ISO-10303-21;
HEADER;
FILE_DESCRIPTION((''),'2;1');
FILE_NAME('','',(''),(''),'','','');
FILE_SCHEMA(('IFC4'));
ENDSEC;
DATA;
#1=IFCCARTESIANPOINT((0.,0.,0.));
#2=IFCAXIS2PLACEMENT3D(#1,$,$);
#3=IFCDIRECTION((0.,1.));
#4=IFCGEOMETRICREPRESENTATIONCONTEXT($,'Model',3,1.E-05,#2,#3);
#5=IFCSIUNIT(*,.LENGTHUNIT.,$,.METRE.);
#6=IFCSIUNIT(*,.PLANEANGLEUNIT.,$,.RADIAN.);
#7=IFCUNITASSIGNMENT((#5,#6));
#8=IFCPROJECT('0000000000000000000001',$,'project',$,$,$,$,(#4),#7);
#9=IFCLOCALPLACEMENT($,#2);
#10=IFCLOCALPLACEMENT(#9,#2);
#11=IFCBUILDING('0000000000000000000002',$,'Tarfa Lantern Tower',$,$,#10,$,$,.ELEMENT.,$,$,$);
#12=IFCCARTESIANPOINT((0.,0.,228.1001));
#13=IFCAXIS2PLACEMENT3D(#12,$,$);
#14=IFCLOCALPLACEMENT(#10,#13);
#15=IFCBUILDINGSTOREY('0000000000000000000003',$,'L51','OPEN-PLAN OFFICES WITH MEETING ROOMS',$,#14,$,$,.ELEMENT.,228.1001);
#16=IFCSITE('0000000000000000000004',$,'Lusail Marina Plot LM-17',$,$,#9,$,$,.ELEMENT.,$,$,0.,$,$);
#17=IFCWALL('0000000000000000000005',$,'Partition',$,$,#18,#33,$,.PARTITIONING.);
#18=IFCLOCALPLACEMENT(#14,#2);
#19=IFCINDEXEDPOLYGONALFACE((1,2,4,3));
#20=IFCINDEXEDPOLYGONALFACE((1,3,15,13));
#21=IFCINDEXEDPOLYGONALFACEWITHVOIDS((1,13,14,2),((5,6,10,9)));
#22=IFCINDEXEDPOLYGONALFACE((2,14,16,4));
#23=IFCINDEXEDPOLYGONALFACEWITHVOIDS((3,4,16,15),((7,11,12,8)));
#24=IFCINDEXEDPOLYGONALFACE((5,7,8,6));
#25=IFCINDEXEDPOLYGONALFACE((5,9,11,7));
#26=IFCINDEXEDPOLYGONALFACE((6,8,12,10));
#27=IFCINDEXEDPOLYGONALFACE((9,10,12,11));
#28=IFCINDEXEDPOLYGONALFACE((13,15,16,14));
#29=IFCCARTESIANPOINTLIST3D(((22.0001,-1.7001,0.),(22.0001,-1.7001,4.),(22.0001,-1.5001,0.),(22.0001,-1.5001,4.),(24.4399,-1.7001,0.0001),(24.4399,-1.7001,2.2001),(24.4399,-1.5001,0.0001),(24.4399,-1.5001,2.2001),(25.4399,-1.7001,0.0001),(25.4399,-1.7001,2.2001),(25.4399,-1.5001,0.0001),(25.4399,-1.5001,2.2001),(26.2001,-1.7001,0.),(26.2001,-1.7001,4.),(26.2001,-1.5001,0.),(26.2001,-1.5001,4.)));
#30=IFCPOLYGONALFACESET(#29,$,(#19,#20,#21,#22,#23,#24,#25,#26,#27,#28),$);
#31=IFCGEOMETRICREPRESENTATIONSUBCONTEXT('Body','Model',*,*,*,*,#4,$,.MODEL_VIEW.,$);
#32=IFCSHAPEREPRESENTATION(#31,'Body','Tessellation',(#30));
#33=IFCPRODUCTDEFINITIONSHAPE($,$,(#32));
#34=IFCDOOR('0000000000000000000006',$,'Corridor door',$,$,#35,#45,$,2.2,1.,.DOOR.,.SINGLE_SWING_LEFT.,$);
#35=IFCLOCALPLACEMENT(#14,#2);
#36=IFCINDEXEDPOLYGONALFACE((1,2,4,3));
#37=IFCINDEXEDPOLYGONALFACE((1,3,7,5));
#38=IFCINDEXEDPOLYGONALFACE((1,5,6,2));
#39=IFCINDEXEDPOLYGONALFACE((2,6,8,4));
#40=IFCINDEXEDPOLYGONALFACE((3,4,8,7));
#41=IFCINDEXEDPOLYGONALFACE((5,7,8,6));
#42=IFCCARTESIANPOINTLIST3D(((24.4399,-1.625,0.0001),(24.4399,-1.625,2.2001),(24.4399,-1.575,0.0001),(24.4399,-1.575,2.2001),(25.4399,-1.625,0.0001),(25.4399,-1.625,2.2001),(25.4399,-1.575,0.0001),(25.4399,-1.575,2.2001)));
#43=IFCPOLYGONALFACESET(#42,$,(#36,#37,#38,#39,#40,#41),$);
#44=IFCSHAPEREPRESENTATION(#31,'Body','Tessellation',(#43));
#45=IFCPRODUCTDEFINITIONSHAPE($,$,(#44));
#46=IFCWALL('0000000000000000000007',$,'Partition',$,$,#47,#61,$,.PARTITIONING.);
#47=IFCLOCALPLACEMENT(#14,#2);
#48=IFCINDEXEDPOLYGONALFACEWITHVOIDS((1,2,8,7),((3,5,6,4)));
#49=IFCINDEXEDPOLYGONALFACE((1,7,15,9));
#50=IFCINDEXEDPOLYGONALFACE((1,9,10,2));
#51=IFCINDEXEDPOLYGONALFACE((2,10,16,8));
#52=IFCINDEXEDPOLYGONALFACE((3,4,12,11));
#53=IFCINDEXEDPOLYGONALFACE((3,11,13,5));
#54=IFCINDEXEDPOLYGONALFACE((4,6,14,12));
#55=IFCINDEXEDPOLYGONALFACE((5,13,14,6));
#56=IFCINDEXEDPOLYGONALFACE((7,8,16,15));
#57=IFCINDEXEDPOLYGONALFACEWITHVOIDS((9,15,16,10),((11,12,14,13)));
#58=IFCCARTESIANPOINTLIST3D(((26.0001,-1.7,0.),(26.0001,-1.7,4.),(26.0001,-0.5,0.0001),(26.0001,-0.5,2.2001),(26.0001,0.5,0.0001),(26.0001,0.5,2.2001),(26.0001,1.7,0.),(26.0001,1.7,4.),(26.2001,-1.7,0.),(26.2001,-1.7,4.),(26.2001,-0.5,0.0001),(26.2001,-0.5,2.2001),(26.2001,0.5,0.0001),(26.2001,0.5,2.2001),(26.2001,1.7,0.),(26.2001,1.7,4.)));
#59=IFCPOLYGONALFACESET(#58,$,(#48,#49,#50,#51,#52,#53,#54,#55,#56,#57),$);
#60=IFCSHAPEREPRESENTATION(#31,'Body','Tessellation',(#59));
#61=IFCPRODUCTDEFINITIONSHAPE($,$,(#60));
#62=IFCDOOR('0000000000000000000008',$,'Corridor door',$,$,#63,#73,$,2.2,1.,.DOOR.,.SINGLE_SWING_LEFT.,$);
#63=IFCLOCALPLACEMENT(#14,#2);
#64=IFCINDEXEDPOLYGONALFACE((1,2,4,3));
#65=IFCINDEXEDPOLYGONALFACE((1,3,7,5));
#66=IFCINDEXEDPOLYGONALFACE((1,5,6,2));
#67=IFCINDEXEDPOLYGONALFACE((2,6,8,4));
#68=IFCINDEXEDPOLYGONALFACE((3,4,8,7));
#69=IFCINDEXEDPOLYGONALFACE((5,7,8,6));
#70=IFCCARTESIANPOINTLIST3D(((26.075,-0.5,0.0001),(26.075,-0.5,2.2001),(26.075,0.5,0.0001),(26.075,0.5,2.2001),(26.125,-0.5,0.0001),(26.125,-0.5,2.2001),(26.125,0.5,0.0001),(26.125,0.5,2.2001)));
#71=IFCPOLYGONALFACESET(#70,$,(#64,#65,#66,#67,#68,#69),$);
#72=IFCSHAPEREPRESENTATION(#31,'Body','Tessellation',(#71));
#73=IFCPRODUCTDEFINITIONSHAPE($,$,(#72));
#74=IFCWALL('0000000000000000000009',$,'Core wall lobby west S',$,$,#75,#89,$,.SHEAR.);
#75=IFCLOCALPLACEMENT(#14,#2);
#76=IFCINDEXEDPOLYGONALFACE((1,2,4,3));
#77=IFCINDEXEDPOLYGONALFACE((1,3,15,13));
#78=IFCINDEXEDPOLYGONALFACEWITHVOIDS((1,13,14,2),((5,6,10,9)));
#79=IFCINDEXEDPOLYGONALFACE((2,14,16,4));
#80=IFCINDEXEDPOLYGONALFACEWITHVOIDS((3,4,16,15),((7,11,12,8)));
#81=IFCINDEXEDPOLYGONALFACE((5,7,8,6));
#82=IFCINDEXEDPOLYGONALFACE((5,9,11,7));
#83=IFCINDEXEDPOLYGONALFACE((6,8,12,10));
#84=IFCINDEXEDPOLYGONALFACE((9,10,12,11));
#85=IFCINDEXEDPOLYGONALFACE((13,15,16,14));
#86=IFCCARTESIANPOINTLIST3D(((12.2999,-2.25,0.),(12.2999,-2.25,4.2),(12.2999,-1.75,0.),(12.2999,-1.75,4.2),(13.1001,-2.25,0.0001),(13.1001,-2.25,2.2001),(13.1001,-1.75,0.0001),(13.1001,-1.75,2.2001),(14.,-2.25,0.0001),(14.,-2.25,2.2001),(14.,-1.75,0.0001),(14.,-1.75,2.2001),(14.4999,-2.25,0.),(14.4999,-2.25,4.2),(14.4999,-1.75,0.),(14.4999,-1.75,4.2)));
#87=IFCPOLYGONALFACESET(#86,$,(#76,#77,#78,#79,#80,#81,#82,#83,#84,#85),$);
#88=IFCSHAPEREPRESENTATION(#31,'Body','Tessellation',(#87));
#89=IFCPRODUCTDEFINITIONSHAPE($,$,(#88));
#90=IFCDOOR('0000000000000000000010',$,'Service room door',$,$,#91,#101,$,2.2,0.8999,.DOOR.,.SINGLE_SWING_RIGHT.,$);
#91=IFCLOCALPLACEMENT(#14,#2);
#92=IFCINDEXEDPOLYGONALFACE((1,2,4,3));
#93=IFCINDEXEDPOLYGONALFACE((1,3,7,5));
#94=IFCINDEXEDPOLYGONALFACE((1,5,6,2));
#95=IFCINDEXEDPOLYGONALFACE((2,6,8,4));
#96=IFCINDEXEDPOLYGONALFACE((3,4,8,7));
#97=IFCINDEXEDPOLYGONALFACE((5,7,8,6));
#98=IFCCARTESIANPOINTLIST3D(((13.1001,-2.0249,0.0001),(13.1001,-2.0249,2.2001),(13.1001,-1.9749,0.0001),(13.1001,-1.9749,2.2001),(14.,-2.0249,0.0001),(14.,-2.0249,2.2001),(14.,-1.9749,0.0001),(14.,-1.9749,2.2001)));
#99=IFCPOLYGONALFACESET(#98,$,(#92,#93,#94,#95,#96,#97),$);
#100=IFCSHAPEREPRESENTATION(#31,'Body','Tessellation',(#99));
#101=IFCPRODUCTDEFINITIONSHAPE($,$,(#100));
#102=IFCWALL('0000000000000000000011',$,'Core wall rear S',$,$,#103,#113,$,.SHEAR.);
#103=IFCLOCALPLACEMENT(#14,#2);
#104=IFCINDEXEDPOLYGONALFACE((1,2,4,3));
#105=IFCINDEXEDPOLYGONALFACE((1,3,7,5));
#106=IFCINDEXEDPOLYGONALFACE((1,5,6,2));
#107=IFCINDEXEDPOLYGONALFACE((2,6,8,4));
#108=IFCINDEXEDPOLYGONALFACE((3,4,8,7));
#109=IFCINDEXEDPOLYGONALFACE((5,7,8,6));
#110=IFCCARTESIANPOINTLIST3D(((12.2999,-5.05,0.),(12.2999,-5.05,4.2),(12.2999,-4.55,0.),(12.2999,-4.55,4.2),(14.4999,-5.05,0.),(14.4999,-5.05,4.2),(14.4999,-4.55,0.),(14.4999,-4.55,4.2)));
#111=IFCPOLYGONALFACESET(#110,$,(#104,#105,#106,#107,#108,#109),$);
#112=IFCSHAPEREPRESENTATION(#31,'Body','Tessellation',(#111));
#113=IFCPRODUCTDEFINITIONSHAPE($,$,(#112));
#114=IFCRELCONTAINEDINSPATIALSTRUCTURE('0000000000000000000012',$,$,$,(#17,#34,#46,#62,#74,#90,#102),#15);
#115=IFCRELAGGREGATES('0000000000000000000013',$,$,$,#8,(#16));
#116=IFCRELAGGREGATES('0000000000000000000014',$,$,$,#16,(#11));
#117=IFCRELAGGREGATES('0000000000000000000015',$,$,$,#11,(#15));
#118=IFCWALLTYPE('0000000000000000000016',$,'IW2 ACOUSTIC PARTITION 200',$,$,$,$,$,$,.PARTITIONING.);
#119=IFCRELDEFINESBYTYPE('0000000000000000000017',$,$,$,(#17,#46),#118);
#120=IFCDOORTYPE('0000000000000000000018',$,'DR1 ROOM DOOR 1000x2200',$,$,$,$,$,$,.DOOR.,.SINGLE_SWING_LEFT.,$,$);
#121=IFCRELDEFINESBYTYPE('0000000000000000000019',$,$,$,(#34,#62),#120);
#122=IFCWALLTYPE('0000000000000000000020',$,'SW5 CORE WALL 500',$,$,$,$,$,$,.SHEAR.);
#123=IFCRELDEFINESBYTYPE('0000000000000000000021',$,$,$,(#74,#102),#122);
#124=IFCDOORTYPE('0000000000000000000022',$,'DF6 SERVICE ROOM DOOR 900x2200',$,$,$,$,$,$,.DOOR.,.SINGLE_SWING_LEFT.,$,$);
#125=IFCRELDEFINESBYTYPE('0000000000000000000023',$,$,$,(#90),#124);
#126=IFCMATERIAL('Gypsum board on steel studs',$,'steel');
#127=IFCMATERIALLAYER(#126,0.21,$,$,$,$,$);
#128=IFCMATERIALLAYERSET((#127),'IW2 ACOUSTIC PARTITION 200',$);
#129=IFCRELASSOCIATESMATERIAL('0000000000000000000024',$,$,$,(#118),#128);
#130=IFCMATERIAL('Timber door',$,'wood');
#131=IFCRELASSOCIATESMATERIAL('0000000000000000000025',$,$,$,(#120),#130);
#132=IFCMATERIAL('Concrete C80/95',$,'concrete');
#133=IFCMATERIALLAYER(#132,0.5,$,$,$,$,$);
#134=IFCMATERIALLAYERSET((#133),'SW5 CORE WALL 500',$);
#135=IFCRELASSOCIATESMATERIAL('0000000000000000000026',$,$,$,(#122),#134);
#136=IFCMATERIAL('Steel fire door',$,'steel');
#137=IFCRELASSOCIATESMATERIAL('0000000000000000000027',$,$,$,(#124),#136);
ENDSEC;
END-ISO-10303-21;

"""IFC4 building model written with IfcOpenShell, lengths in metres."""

from ifc_helpers import new_model, si_unit, direction, frame, frame_2d, origin, place, context, subcontext, project, spatial, rectangle, extrude, material, layer, layer_set, type_object, element, fill, save


model = new_model("IFC4")

# Units and contexts
model_context = context("Model", 3, precision=1e-05, world=origin(), true_north=direction((0.0, 1.0)))
body_context = subcontext(model_context, "Body", "Model", "MODEL_VIEW")
ifc_project = project(units=[si_unit("LENGTHUNIT", "METRE"), si_unit("PLANEANGLEUNIT", "RADIAN")], contexts=[model_context])

# Site, building, storey
site_placement = place(None, origin())
site = spatial("IfcSite", under=ifc_project, at=site_placement, Name="Lusail Marina Plot LM-17", CompositionType="ELEMENT", RefElevation=0.0)
building_placement = place(site_placement, origin())
building = spatial("IfcBuilding", under=site, at=building_placement, Name="Tarfa Lantern Tower", CompositionType="ELEMENT")
storey_placement = place(building_placement, frame((0.0, 0.0, 228.1001)))
storey = spatial("IfcBuildingStorey", under=building, at=storey_placement, Name="L51", Description="OPEN-PLAN OFFICES WITH MEETING ROOMS", CompositionType="ELEMENT", Elevation=228.1001)

# Shared definitions
ifc_material_1 = material(Name="Concrete C80/95", Category="concrete")

# Shared definitions
ifc_material_2 = material(Name="Gypsum board on steel studs", Category="steel")
ifc_layer_1 = layer(ifc_material_2, 0.21)
ifc_layer_set_1 = layer_set([ifc_layer_1], Name="IW2 ACOUSTIC PARTITION 200")
wall_type_1 = type_object("IfcWallType", Name="IW2 ACOUSTIC PARTITION 200", PredefinedType="PARTITIONING", material=ifc_layer_set_1)

# Shared definitions
ifc_material_3 = material(Name="Timber door", Category="wood")
door_type_1 = type_object("IfcDoorType", Name="DR1 ROOM DOOR 1000x2200", OperationType="SINGLE_SWING_LEFT", PredefinedType="DOOR", material=ifc_material_3)

# Walls, openings, doors
wall_1_placement = place(storey_placement, frame((22.0, -1.6001, 0.0), z_axis=(0.0, 0.0, 1.0), x_axis=(1.0, 0.0, 0.0)))
wall_1 = element("IfcWall", 1, at=wall_1_placement, inside=storey, type_object=wall_type_1, Name="Partition", PredefinedType="PARTITIONING", context=body_context, shape_type="SweptSolid", body=[
    extrude(rectangle(XDim=4.2, YDim=0.2, at=frame_2d((2.1001, 0.0))), origin(), (0.0, 0.0, 1.0), 4.0),
])
opening_1_placement = place(wall_1_placement, frame((2.4399, 0.0, 0.0)))
opening_1 = element("IfcOpeningElement", 2, at=opening_1_placement, cuts=wall_1, PredefinedType="OPENING", context=body_context, shape_type="SweptSolid", body=[
    extrude(rectangle(XDim=1.0, YDim=2.2, at=frame_2d((0.5, 1.1001))), frame((0.0, 0.1099, 0.0), z_axis=(0.0, -1.0, 0.0), x_axis=(1.0, 0.0, 0.0)), (0.0, 0.0, 1.0), 0.22),
])
door_1_placement = place(opening_1_placement, frame((1.0, 0.0, 0.0), z_axis=(0.0, 0.0, 1.0), x_axis=(-1.0, 0.0, 0.0)))
door_1 = element("IfcDoor", 3, at=door_1_placement, inside=storey, type_object=door_type_1, Name="Corridor door", OperationType="SINGLE_SWING_LEFT", OverallHeight=2.2, OverallWidth=1.0, PredefinedType="DOOR", context=body_context, shape_type="SweptSolid", body=[
    extrude(rectangle(XDim=1.0, YDim=2.2, at=frame_2d((0.5, 1.1001))), frame((0.0, 0.0249, 0.0), z_axis=(0.0, -1.0, 0.0), x_axis=(1.0, 0.0, 0.0)), (0.0, 0.0, 1.0), 0.05),
])
fill(opening_1, door_1)
wall_2_placement = place(storey_placement, frame((26.1001, -1.7, 0.0), z_axis=(0.0, 0.0, 1.0), x_axis=(0.0, 1.0, 0.0)))
wall_2 = element("IfcWall", 4, at=wall_2_placement, inside=storey, type_object=wall_type_1, Name="Partition", PredefinedType="PARTITIONING", context=body_context, shape_type="SweptSolid", body=[
    extrude(rectangle(XDim=3.3999, YDim=0.2, at=frame_2d((1.7, 0.0))), origin(), (0.0, 0.0, 1.0), 4.0),
])
opening_2_placement = place(wall_2_placement, frame((1.2, 0.0, 0.0)))
opening_2 = element("IfcOpeningElement", 5, at=opening_2_placement, cuts=wall_2, PredefinedType="OPENING", context=body_context, shape_type="SweptSolid", body=[
    extrude(rectangle(XDim=1.0, YDim=2.2, at=frame_2d((0.5, 1.1001))), frame((0.0, 0.1099, 0.0), z_axis=(0.0, -1.0, 0.0), x_axis=(1.0, 0.0, 0.0)), (0.0, 0.0, 1.0), 0.22),
])
door_2_placement = place(opening_2_placement, frame((1.0, 0.0, 0.0), z_axis=(0.0, 0.0, 1.0), x_axis=(-1.0, 0.0, 0.0)))
door_2 = element("IfcDoor", 6, at=door_2_placement, inside=storey, type_object=door_type_1, Name="Corridor door", OperationType="SINGLE_SWING_LEFT", OverallHeight=2.2, OverallWidth=1.0, PredefinedType="DOOR", context=body_context, shape_type="SweptSolid", body=[
    extrude(rectangle(XDim=1.0, YDim=2.2, at=frame_2d((0.5, 1.1001))), frame((0.0, 0.0249, 0.0), z_axis=(0.0, -1.0, 0.0), x_axis=(1.0, 0.0, 0.0)), (0.0, 0.0, 1.0), 0.05),
])
fill(opening_2, door_2)
ifc_material_4 = material(Name="Steel fire door", Category="steel")
ifc_layer_2 = layer(ifc_material_1, 0.5)
ifc_layer_set_2 = layer_set([ifc_layer_2], Name="SW5 CORE WALL 500")
wall_type_2 = type_object("IfcWallType", Name="SW5 CORE WALL 500", PredefinedType="SHEAR", material=ifc_layer_set_2)
wall_3_placement = place(storey_placement, frame((14.5, -2.0, 0.0), z_axis=(0.0, 0.0, 1.0), x_axis=(-1.0, 0.0, 0.0)))
wall_3 = element("IfcWall", 7, at=wall_3_placement, inside=storey, type_object=wall_type_2, Name="Core wall lobby west S", PredefinedType="SHEAR", context=body_context, shape_type="SweptSolid", body=[
    extrude(rectangle(XDim=2.2, YDim=0.5, at=frame_2d((1.1001, 0.0))), origin(), (0.0, 0.0, 1.0), 4.2),
])
opening_3_placement = place(wall_3_placement, frame((0.5, 0.0, 0.0)))
opening_3 = element("IfcOpeningElement", 8, at=opening_3_placement, cuts=wall_3, PredefinedType="OPENING", context=body_context, shape_type="SweptSolid", body=[
    extrude(rectangle(XDim=0.8999, YDim=2.2, at=frame_2d((0.45, 1.1001))), frame((0.0, 0.26, 0.0), z_axis=(0.0, -1.0, 0.0), x_axis=(1.0, 0.0, 0.0)), (0.0, 0.0, 1.0), 0.52),
])
door_type_2 = type_object("IfcDoorType", Name="DF6 SERVICE ROOM DOOR 900x2200", OperationType="SINGLE_SWING_LEFT", PredefinedType="DOOR", material=ifc_material_4)
door_3_placement = place(opening_3_placement, origin())
door_3 = element("IfcDoor", 9, at=door_3_placement, inside=storey, type_object=door_type_2, Name="Service room door", OperationType="SINGLE_SWING_RIGHT", OverallHeight=2.2, OverallWidth=0.8999, PredefinedType="DOOR", context=body_context, shape_type="SweptSolid", body=[
    extrude(rectangle(XDim=0.8999, YDim=2.2, at=frame_2d((0.45, 1.1001))), frame((0.0, 0.0249, 0.0), z_axis=(0.0, -1.0, 0.0), x_axis=(1.0, 0.0, 0.0)), (0.0, 0.0, 1.0), 0.05),
])
fill(opening_3, door_3)

# Wall
wall_4_placement = place(storey_placement, frame((14.5, -4.8, 0.0), z_axis=(0.0, 0.0, 1.0), x_axis=(-1.0, 0.0, 0.0)))
element("IfcWall", 10, at=wall_4_placement, inside=storey, type_object=wall_type_2, Name="Core wall rear S", PredefinedType="SHEAR", context=body_context, shape_type="SweptSolid", body=[
    extrude(rectangle(XDim=2.2, YDim=0.5, at=frame_2d((1.1001, 0.0))), origin(), (0.0, 0.0, 1.0), 4.2),
])

save(model, "model.ifc")
